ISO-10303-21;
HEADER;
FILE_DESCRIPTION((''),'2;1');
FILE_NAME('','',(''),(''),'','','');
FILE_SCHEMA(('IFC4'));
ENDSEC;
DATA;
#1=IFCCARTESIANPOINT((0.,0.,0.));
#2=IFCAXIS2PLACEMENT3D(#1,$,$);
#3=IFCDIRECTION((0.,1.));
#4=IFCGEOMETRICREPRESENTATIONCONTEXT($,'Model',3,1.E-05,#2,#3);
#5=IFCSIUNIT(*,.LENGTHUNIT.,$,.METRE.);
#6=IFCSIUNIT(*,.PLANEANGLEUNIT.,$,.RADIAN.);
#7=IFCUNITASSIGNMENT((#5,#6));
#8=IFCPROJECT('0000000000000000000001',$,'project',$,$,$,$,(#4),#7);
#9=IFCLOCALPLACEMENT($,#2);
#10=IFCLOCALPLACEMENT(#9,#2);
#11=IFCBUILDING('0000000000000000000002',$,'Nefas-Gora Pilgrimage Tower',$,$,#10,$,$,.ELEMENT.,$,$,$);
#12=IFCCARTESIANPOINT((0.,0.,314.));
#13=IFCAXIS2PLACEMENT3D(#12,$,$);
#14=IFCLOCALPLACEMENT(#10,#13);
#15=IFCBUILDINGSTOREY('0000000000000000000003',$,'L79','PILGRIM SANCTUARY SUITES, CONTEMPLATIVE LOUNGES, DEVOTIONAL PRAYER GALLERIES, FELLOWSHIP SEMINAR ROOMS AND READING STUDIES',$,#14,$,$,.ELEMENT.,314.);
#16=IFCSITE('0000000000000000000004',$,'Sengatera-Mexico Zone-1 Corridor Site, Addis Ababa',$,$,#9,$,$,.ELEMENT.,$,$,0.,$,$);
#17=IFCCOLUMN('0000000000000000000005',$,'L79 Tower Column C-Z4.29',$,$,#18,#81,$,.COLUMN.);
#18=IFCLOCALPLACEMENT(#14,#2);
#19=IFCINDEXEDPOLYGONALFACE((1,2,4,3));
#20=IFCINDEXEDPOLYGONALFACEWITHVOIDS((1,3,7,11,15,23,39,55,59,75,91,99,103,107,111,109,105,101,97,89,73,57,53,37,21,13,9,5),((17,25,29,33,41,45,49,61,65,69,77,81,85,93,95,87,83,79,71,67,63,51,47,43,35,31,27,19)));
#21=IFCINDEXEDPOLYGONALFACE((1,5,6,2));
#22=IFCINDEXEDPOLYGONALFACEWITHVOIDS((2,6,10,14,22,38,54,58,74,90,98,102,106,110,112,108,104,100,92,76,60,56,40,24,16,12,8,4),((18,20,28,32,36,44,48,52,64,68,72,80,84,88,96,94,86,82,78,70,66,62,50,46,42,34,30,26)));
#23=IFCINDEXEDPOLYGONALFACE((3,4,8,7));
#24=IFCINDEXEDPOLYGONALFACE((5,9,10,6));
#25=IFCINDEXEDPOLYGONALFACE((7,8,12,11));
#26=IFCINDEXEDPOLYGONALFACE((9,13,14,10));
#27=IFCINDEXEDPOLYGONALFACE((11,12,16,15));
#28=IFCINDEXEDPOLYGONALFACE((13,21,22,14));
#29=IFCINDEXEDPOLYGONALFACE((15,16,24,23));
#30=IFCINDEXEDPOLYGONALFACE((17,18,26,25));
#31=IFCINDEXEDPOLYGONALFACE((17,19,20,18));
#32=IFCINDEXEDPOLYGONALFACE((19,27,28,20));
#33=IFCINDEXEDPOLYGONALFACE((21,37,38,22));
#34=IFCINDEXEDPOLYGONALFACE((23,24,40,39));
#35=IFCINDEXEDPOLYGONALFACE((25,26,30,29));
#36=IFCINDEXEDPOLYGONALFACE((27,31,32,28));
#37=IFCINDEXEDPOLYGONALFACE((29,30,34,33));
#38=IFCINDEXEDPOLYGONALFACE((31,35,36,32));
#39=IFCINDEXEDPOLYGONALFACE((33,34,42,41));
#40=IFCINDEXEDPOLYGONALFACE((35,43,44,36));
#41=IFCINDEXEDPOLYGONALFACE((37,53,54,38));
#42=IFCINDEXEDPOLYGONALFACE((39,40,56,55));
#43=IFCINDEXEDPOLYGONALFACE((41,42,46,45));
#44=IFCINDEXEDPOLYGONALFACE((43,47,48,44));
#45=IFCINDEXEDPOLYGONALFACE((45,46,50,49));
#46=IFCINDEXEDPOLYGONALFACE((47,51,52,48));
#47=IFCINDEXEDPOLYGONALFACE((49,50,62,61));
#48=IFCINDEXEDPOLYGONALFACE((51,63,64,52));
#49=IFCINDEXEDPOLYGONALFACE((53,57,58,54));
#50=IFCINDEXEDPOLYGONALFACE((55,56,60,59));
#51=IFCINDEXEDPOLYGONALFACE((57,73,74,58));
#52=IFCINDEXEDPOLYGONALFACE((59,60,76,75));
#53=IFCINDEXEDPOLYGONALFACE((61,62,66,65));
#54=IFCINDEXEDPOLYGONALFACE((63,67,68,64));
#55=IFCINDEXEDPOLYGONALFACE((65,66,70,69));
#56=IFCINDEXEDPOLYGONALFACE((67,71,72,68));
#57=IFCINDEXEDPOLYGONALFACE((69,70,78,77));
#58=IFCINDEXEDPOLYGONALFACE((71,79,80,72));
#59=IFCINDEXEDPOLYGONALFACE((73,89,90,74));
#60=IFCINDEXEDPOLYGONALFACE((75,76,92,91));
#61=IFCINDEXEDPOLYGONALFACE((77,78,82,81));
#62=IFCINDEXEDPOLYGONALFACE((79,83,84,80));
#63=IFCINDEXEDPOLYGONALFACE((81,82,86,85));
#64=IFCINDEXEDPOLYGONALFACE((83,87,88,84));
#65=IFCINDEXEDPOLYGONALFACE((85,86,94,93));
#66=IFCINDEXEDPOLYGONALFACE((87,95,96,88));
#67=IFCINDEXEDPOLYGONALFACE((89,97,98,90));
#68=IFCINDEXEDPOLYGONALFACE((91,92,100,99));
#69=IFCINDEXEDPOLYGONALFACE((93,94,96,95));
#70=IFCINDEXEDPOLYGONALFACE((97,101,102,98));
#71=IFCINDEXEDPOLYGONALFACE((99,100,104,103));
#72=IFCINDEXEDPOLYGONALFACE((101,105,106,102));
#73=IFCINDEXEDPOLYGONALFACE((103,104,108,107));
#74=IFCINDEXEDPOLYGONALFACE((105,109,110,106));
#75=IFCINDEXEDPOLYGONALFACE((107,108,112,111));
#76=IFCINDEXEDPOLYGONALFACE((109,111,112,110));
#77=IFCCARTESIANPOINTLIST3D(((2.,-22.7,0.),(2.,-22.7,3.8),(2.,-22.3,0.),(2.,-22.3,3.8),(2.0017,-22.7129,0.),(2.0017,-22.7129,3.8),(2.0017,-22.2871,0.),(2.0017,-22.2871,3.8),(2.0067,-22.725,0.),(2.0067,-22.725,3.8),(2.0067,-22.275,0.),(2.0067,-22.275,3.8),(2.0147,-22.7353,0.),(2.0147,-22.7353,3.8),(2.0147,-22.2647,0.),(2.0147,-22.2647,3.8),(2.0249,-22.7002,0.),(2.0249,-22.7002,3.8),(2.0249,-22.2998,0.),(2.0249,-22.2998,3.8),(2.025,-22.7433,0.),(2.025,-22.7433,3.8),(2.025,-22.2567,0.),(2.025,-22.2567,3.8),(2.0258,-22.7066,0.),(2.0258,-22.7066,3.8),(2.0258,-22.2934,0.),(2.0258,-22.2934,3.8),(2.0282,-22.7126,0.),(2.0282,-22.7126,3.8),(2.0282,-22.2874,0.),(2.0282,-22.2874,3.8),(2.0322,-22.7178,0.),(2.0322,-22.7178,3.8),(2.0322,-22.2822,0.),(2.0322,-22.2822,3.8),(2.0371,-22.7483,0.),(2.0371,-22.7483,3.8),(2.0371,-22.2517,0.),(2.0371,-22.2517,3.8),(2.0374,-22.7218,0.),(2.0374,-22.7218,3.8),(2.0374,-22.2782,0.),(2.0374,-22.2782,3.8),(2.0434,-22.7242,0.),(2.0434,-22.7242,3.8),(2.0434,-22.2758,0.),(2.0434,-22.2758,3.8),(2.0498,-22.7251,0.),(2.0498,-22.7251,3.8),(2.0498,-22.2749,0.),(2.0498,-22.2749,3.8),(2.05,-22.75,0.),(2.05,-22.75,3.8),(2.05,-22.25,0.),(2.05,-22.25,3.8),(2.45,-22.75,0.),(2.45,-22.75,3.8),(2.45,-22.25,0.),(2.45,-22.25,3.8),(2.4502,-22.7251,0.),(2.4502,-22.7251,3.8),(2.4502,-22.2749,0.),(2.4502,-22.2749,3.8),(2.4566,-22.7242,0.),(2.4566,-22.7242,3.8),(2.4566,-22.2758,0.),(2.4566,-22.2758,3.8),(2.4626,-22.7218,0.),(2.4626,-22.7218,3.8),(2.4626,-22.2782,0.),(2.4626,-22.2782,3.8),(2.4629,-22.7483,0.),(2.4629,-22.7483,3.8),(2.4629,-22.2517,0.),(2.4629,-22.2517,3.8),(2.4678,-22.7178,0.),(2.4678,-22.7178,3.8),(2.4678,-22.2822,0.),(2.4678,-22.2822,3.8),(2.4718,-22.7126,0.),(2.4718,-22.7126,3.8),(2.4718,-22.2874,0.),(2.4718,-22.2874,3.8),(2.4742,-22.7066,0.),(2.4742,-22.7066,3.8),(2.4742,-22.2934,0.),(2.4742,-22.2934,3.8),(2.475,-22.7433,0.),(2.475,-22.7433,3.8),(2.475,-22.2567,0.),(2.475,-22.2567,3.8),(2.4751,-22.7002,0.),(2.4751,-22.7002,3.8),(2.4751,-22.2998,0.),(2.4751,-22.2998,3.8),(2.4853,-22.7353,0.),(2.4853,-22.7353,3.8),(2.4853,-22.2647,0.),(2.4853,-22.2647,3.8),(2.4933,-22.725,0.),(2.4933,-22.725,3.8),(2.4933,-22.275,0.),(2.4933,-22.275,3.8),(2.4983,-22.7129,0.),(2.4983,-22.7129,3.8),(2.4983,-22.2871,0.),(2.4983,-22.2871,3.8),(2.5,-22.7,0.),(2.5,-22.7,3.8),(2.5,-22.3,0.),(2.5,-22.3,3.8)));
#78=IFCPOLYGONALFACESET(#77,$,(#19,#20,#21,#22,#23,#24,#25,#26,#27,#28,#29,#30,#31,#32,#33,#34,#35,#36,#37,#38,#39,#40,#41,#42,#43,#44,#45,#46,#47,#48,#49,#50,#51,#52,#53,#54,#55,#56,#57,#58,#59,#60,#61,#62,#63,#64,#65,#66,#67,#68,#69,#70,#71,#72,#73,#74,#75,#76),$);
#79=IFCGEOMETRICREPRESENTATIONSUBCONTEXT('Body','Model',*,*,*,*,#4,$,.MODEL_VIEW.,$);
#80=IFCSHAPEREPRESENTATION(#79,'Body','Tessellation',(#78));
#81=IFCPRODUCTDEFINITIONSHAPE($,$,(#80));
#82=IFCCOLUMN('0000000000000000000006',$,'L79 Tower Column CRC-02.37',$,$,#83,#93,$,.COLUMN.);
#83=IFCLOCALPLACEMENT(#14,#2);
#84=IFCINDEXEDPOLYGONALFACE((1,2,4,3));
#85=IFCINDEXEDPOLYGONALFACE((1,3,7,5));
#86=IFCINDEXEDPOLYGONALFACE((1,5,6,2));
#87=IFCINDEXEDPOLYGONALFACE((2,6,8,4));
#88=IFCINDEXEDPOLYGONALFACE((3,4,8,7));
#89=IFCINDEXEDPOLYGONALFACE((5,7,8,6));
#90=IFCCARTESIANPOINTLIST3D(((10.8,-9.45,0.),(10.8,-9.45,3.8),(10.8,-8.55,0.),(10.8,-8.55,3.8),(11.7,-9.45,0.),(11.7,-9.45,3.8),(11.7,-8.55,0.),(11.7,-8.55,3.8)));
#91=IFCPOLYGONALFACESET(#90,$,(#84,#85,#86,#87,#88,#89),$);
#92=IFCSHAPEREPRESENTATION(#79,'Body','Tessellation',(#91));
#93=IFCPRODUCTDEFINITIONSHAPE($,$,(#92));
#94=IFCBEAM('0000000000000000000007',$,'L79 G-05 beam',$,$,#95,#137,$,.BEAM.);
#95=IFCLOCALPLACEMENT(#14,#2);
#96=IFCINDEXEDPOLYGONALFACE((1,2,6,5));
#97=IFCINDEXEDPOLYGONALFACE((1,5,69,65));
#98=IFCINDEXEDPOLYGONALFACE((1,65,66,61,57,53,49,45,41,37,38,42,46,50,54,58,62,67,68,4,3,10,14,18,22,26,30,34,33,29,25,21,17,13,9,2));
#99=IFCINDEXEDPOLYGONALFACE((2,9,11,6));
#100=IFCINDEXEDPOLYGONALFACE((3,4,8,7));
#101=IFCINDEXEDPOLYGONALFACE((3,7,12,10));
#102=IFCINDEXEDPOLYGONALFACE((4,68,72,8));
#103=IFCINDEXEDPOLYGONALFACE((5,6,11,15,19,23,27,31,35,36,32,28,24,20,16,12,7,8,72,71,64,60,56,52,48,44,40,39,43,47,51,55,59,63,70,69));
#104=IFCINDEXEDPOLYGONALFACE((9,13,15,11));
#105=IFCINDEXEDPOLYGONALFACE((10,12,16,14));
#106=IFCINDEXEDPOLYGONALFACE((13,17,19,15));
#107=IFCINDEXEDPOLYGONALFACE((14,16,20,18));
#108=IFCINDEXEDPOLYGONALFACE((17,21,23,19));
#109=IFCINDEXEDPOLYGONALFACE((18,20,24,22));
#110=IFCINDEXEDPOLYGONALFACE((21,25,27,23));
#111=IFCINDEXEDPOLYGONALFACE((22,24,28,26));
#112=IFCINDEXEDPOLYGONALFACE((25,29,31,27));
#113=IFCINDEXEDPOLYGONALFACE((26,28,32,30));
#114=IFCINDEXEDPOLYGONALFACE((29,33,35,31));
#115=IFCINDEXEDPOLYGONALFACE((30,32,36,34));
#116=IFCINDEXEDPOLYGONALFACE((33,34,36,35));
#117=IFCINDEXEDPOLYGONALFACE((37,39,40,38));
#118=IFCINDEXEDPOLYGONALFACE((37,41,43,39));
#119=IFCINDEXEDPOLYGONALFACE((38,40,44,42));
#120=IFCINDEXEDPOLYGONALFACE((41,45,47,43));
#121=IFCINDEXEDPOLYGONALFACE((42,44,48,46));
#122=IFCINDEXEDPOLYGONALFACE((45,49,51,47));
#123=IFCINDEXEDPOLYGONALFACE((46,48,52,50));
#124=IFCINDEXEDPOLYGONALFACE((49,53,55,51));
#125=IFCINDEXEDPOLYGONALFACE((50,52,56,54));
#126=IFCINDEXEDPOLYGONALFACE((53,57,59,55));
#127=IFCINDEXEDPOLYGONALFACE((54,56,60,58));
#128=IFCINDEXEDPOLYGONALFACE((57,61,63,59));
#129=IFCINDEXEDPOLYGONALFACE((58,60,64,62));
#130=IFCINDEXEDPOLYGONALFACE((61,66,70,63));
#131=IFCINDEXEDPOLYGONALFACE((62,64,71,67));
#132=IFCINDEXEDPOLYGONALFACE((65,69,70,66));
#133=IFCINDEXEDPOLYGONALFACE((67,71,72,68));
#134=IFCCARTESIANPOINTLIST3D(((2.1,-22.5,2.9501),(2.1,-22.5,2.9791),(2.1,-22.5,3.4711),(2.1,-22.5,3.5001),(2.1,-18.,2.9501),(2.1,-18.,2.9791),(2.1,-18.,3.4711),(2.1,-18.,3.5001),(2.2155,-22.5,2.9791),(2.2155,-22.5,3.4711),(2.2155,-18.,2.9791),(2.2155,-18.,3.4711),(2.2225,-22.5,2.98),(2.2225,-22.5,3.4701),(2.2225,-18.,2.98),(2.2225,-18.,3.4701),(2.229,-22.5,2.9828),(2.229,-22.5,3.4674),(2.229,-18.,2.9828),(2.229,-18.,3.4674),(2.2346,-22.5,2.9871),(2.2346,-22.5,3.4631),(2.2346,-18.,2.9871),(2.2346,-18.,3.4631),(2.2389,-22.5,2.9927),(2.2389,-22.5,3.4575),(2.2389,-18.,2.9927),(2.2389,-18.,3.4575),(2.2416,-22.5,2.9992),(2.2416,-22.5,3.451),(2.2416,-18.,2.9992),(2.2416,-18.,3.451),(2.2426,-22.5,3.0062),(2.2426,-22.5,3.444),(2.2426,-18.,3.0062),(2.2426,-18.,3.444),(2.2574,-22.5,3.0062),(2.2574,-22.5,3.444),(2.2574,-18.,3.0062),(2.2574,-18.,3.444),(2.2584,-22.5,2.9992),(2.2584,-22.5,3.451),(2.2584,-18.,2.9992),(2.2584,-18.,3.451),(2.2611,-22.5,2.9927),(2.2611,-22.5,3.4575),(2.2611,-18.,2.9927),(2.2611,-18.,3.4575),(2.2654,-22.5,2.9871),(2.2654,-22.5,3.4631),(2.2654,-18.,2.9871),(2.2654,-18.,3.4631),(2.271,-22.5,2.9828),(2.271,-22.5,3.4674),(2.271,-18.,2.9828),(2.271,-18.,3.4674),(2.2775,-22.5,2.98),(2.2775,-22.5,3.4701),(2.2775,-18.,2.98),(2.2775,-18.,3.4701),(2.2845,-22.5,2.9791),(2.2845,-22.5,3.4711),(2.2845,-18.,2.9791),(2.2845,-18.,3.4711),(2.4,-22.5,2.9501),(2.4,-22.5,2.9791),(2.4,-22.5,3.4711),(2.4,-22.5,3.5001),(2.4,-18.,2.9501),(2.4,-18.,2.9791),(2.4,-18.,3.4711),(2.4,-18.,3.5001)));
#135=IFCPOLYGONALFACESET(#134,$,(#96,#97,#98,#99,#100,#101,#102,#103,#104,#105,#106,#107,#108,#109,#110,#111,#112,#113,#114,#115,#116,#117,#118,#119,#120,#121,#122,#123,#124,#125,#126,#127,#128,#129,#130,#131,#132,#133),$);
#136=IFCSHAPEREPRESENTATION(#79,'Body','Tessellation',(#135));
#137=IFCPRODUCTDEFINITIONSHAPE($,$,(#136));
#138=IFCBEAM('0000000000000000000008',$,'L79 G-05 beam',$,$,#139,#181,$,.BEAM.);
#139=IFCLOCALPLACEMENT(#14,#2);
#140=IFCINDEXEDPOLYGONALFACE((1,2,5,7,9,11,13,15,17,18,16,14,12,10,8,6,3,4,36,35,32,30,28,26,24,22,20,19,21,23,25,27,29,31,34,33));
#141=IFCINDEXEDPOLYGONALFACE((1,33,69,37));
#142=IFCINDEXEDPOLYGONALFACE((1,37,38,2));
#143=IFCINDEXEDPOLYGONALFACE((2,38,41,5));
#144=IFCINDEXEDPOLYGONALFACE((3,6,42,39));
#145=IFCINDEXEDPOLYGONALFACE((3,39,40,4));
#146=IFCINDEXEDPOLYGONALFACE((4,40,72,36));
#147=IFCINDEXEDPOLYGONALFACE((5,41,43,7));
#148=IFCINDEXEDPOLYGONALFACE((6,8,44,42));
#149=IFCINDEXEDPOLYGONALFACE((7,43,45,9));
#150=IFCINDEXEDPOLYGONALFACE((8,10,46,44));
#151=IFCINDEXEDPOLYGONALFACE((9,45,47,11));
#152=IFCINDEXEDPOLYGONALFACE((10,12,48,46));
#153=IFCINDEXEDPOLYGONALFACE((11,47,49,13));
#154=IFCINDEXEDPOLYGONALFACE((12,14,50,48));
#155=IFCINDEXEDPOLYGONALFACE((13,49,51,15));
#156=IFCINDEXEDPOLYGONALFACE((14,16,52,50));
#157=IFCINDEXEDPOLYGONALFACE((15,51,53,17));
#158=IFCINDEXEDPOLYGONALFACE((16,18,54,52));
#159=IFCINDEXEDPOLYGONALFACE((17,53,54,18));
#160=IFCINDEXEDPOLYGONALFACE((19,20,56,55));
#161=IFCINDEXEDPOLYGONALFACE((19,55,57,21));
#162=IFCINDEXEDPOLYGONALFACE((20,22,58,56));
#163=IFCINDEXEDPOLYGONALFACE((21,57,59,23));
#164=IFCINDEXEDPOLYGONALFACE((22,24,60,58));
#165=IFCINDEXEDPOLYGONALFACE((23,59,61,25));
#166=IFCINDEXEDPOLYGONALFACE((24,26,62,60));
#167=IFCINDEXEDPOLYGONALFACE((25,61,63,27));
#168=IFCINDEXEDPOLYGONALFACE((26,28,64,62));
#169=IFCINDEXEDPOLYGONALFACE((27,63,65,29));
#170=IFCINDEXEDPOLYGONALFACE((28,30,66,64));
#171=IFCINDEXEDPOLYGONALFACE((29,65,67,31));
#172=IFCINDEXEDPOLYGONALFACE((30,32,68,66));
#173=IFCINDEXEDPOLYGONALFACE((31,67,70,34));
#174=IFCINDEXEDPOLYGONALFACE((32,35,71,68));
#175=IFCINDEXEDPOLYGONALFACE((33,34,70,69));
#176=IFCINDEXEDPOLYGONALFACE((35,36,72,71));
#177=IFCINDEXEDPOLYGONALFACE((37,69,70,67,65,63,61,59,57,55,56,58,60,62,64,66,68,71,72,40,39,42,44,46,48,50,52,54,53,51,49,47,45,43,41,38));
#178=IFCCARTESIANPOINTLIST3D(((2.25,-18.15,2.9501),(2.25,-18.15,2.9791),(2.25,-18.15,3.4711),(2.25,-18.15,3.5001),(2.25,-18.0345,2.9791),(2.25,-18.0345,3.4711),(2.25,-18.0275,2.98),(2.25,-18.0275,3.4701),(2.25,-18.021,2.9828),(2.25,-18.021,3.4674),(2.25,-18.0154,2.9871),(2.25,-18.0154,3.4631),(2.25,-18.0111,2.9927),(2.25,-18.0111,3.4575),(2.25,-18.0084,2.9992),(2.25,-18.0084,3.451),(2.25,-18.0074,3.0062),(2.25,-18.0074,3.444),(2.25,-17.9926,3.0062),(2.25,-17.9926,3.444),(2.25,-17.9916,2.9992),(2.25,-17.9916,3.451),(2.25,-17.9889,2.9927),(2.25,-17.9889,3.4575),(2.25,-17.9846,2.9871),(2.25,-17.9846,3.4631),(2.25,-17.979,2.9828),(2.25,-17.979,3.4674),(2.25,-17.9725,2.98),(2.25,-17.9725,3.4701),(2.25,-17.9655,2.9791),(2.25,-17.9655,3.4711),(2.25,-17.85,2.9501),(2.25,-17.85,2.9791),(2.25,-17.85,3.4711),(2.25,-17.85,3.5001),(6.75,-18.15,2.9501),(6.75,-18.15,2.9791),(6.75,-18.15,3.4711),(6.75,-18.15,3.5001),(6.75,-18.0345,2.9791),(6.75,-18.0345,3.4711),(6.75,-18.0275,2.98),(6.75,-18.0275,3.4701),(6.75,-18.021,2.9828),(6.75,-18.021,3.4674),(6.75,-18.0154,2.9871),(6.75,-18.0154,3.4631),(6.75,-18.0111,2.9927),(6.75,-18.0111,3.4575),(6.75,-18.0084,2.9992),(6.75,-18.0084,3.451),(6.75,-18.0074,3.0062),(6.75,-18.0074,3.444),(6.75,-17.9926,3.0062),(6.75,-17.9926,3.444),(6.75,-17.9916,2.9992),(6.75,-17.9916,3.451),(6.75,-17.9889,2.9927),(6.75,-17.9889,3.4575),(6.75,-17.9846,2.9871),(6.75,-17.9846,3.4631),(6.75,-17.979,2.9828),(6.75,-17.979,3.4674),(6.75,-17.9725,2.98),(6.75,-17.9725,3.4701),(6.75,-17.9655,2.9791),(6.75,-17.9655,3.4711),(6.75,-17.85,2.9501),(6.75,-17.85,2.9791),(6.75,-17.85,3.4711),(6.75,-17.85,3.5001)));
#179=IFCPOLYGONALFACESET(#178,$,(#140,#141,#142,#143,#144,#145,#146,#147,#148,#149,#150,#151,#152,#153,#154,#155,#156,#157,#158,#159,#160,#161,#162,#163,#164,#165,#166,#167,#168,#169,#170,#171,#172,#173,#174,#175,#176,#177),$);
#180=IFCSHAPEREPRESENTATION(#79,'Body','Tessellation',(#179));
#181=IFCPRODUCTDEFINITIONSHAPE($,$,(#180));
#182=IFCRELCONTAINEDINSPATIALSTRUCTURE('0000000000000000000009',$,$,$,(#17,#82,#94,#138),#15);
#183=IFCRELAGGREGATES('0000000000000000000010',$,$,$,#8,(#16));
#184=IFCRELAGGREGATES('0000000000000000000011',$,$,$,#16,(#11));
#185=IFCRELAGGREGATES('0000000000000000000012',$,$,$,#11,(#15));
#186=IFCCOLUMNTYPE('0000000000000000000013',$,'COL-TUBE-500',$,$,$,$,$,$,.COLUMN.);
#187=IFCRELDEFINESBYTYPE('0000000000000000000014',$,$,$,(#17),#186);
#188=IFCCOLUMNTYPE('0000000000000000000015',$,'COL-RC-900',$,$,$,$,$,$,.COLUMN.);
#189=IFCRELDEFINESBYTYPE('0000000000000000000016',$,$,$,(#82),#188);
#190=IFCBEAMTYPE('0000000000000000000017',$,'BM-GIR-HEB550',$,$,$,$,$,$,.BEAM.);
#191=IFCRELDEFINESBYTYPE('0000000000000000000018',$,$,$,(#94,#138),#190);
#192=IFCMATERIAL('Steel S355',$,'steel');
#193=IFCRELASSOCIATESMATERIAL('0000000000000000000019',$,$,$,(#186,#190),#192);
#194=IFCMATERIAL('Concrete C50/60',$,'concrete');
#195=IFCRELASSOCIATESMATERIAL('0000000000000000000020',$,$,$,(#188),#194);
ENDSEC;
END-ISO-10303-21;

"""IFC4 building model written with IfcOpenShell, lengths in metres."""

from ifc_helpers import new_model, si_unit, direction, frame, origin, origin_2d, place, context, subcontext, project, spatial, rectangle, hollow_rectangle, i_section, extrude, source, transform, mapped, material, material_profile, profile_set, type_object, element, save


model = new_model("IFC4")

# Units and contexts
model_context = context("Model", 3, precision=1e-05, world=origin(), true_north=direction((0.0, 1.0)))
body_context = subcontext(model_context, "Body", "Model", "MODEL_VIEW")
ifc_project = project(units=[si_unit("LENGTHUNIT", "METRE"), si_unit("PLANEANGLEUNIT", "RADIAN")], contexts=[model_context])

# Site, building, storey
site_placement = place(None, origin())
site = spatial("IfcSite", under=ifc_project, at=site_placement, Name="Sengatera-Mexico Zone-1 Corridor Site, Addis Ababa", CompositionType="ELEMENT", RefElevation=0.0)
building_placement = place(site_placement, origin())
building = spatial("IfcBuilding", under=site, at=building_placement, Name="Nefas-Gora Pilgrimage Tower", CompositionType="ELEMENT")
storey_placement = place(building_placement, frame((0.0, 0.0, 314.0)))
storey = spatial("IfcBuildingStorey", under=building, at=storey_placement, Name="L79", Description="PILGRIM SANCTUARY SUITES, CONTEMPLATIVE LOUNGES, DEVOTIONAL PRAYER GALLERIES, FELLOWSHIP SEMINAR ROOMS AND READING STUDIES", CompositionType="ELEMENT", Elevation=314.0)

# Columns
ifc_material_1 = material(Name="Steel S355", Category="steel")
ifc_material_profile_1 = material_profile(ifc_material_1, hollow_rectangle(XDim=0.5, YDim=0.5, WallThickness=0.0249, InnerFilletRadius=0.0249, OuterFilletRadius=0.05, at=origin_2d()), Name="SHS 500x500x25")
ifc_profile_set_1 = profile_set([ifc_material_profile_1], Name="Steel S355")
column_type_1 = type_object("IfcColumnType", Name="COL-TUBE-500", PredefinedType="COLUMN", material=ifc_profile_set_1)
shared_shape_1 = source(origin(), body_context, "Body", "SweptSolid", [
    extrude(hollow_rectangle(XDim=0.5, YDim=0.5, WallThickness=0.0249, InnerFilletRadius=0.0249, OuterFilletRadius=0.05, at=origin_2d()), origin(), (0.0, 0.0, 1.0), 3.8),
])
column_1_placement = place(storey_placement, frame((2.25, -22.5, 0.0), z_axis=(0.0, 0.0, 1.0), x_axis=(1.0, 0.0, 0.0)))
element("IfcColumn", 1, at=column_1_placement, inside=storey, type_object=column_type_1, Name="L79 Tower Column C-Z4.29", PredefinedType="COLUMN", context=body_context, shape_type="MappedRepresentation", body=[
    mapped(shared_shape_1, transform((0.0, 0.0, 0.0), x_axis=(1.0, 0.0, 0.0), y_axis=(0.0, 1.0, 0.0), z_axis=(0.0, 0.0, 1.0), scale=1.0)),
])
ifc_material_2 = material(Name="Concrete C50/60", Category="concrete")
ifc_material_profile_2 = material_profile(ifc_material_2, rectangle(XDim=0.8999, YDim=0.8999, at=origin_2d()), Name="RC 900x900")
ifc_profile_set_2 = profile_set([ifc_material_profile_2], Name="Concrete C50/60")
column_type_2 = type_object("IfcColumnType", Name="COL-RC-900", PredefinedType="COLUMN", material=ifc_profile_set_2)
shared_shape_2 = source(origin(), body_context, "Body", "SweptSolid", [
    extrude(rectangle(XDim=0.8999, YDim=0.8999, at=origin_2d()), origin(), (0.0, 0.0, 1.0), 3.8),
])
column_2_placement = place(storey_placement, frame((11.25, -9.0, 0.0), z_axis=(0.0, 0.0, 1.0), x_axis=(1.0, 0.0, 0.0)))
element("IfcColumn", 2, at=column_2_placement, inside=storey, type_object=column_type_2, Name="L79 Tower Column CRC-02.37", PredefinedType="COLUMN", context=body_context, shape_type="MappedRepresentation", body=[
    mapped(shared_shape_2, transform((0.0, 0.0, 0.0), x_axis=(1.0, 0.0, 0.0), y_axis=(0.0, 1.0, 0.0), z_axis=(0.0, 0.0, 1.0), scale=1.0)),
])

# Beams
ifc_material_profile_3 = material_profile(ifc_material_1, i_section(OverallWidth=0.3, OverallDepth=0.55, WebThickness=0.0149, FlangeThickness=0.0291, FilletRadius=0.0271, at=origin_2d()), Name="HEB 550")
ifc_profile_set_3 = profile_set([ifc_material_profile_3], Name="Steel S355")
beam_type = type_object("IfcBeamType", Name="BM-GIR-HEB550", PredefinedType="BEAM", material=ifc_profile_set_3)
shared_shape_3 = source(origin(), body_context, "Body", "SweptSolid", [
    extrude(i_section(OverallWidth=0.3, OverallDepth=0.55, WebThickness=0.0149, FlangeThickness=0.0291, FilletRadius=0.0271, at=origin_2d()), origin(), (0.0, 0.0, 1.0), 4.5),
])
for number, where, z_axis, x_axis, name in (
    (3, (2.25, -22.5, 3.2251), (0.0, 1.0, 0.0), (-1.0, 0.0, 0.0), "L79 G-05 beam"),
    (4, (2.25, -18.0, 3.2251), (1.0, 0.0, 0.0), (0.0, 1.0, 0.0), "L79 G-05 beam"),
):
    element("IfcBeam", number, at=place(storey_placement, frame(where, z_axis=z_axis, x_axis=x_axis)), inside=storey, type_object=beam_type, Name=name, PredefinedType="BEAM", context=body_context, shape_type="MappedRepresentation", body=[
        mapped(shared_shape_3, transform((0.0, 0.0, 0.0), x_axis=(1.0, 0.0, 0.0), y_axis=(0.0, 1.0, 0.0), z_axis=(0.0, 0.0, 1.0), scale=1.0)),
    ])

save(model, "model.ifc")
